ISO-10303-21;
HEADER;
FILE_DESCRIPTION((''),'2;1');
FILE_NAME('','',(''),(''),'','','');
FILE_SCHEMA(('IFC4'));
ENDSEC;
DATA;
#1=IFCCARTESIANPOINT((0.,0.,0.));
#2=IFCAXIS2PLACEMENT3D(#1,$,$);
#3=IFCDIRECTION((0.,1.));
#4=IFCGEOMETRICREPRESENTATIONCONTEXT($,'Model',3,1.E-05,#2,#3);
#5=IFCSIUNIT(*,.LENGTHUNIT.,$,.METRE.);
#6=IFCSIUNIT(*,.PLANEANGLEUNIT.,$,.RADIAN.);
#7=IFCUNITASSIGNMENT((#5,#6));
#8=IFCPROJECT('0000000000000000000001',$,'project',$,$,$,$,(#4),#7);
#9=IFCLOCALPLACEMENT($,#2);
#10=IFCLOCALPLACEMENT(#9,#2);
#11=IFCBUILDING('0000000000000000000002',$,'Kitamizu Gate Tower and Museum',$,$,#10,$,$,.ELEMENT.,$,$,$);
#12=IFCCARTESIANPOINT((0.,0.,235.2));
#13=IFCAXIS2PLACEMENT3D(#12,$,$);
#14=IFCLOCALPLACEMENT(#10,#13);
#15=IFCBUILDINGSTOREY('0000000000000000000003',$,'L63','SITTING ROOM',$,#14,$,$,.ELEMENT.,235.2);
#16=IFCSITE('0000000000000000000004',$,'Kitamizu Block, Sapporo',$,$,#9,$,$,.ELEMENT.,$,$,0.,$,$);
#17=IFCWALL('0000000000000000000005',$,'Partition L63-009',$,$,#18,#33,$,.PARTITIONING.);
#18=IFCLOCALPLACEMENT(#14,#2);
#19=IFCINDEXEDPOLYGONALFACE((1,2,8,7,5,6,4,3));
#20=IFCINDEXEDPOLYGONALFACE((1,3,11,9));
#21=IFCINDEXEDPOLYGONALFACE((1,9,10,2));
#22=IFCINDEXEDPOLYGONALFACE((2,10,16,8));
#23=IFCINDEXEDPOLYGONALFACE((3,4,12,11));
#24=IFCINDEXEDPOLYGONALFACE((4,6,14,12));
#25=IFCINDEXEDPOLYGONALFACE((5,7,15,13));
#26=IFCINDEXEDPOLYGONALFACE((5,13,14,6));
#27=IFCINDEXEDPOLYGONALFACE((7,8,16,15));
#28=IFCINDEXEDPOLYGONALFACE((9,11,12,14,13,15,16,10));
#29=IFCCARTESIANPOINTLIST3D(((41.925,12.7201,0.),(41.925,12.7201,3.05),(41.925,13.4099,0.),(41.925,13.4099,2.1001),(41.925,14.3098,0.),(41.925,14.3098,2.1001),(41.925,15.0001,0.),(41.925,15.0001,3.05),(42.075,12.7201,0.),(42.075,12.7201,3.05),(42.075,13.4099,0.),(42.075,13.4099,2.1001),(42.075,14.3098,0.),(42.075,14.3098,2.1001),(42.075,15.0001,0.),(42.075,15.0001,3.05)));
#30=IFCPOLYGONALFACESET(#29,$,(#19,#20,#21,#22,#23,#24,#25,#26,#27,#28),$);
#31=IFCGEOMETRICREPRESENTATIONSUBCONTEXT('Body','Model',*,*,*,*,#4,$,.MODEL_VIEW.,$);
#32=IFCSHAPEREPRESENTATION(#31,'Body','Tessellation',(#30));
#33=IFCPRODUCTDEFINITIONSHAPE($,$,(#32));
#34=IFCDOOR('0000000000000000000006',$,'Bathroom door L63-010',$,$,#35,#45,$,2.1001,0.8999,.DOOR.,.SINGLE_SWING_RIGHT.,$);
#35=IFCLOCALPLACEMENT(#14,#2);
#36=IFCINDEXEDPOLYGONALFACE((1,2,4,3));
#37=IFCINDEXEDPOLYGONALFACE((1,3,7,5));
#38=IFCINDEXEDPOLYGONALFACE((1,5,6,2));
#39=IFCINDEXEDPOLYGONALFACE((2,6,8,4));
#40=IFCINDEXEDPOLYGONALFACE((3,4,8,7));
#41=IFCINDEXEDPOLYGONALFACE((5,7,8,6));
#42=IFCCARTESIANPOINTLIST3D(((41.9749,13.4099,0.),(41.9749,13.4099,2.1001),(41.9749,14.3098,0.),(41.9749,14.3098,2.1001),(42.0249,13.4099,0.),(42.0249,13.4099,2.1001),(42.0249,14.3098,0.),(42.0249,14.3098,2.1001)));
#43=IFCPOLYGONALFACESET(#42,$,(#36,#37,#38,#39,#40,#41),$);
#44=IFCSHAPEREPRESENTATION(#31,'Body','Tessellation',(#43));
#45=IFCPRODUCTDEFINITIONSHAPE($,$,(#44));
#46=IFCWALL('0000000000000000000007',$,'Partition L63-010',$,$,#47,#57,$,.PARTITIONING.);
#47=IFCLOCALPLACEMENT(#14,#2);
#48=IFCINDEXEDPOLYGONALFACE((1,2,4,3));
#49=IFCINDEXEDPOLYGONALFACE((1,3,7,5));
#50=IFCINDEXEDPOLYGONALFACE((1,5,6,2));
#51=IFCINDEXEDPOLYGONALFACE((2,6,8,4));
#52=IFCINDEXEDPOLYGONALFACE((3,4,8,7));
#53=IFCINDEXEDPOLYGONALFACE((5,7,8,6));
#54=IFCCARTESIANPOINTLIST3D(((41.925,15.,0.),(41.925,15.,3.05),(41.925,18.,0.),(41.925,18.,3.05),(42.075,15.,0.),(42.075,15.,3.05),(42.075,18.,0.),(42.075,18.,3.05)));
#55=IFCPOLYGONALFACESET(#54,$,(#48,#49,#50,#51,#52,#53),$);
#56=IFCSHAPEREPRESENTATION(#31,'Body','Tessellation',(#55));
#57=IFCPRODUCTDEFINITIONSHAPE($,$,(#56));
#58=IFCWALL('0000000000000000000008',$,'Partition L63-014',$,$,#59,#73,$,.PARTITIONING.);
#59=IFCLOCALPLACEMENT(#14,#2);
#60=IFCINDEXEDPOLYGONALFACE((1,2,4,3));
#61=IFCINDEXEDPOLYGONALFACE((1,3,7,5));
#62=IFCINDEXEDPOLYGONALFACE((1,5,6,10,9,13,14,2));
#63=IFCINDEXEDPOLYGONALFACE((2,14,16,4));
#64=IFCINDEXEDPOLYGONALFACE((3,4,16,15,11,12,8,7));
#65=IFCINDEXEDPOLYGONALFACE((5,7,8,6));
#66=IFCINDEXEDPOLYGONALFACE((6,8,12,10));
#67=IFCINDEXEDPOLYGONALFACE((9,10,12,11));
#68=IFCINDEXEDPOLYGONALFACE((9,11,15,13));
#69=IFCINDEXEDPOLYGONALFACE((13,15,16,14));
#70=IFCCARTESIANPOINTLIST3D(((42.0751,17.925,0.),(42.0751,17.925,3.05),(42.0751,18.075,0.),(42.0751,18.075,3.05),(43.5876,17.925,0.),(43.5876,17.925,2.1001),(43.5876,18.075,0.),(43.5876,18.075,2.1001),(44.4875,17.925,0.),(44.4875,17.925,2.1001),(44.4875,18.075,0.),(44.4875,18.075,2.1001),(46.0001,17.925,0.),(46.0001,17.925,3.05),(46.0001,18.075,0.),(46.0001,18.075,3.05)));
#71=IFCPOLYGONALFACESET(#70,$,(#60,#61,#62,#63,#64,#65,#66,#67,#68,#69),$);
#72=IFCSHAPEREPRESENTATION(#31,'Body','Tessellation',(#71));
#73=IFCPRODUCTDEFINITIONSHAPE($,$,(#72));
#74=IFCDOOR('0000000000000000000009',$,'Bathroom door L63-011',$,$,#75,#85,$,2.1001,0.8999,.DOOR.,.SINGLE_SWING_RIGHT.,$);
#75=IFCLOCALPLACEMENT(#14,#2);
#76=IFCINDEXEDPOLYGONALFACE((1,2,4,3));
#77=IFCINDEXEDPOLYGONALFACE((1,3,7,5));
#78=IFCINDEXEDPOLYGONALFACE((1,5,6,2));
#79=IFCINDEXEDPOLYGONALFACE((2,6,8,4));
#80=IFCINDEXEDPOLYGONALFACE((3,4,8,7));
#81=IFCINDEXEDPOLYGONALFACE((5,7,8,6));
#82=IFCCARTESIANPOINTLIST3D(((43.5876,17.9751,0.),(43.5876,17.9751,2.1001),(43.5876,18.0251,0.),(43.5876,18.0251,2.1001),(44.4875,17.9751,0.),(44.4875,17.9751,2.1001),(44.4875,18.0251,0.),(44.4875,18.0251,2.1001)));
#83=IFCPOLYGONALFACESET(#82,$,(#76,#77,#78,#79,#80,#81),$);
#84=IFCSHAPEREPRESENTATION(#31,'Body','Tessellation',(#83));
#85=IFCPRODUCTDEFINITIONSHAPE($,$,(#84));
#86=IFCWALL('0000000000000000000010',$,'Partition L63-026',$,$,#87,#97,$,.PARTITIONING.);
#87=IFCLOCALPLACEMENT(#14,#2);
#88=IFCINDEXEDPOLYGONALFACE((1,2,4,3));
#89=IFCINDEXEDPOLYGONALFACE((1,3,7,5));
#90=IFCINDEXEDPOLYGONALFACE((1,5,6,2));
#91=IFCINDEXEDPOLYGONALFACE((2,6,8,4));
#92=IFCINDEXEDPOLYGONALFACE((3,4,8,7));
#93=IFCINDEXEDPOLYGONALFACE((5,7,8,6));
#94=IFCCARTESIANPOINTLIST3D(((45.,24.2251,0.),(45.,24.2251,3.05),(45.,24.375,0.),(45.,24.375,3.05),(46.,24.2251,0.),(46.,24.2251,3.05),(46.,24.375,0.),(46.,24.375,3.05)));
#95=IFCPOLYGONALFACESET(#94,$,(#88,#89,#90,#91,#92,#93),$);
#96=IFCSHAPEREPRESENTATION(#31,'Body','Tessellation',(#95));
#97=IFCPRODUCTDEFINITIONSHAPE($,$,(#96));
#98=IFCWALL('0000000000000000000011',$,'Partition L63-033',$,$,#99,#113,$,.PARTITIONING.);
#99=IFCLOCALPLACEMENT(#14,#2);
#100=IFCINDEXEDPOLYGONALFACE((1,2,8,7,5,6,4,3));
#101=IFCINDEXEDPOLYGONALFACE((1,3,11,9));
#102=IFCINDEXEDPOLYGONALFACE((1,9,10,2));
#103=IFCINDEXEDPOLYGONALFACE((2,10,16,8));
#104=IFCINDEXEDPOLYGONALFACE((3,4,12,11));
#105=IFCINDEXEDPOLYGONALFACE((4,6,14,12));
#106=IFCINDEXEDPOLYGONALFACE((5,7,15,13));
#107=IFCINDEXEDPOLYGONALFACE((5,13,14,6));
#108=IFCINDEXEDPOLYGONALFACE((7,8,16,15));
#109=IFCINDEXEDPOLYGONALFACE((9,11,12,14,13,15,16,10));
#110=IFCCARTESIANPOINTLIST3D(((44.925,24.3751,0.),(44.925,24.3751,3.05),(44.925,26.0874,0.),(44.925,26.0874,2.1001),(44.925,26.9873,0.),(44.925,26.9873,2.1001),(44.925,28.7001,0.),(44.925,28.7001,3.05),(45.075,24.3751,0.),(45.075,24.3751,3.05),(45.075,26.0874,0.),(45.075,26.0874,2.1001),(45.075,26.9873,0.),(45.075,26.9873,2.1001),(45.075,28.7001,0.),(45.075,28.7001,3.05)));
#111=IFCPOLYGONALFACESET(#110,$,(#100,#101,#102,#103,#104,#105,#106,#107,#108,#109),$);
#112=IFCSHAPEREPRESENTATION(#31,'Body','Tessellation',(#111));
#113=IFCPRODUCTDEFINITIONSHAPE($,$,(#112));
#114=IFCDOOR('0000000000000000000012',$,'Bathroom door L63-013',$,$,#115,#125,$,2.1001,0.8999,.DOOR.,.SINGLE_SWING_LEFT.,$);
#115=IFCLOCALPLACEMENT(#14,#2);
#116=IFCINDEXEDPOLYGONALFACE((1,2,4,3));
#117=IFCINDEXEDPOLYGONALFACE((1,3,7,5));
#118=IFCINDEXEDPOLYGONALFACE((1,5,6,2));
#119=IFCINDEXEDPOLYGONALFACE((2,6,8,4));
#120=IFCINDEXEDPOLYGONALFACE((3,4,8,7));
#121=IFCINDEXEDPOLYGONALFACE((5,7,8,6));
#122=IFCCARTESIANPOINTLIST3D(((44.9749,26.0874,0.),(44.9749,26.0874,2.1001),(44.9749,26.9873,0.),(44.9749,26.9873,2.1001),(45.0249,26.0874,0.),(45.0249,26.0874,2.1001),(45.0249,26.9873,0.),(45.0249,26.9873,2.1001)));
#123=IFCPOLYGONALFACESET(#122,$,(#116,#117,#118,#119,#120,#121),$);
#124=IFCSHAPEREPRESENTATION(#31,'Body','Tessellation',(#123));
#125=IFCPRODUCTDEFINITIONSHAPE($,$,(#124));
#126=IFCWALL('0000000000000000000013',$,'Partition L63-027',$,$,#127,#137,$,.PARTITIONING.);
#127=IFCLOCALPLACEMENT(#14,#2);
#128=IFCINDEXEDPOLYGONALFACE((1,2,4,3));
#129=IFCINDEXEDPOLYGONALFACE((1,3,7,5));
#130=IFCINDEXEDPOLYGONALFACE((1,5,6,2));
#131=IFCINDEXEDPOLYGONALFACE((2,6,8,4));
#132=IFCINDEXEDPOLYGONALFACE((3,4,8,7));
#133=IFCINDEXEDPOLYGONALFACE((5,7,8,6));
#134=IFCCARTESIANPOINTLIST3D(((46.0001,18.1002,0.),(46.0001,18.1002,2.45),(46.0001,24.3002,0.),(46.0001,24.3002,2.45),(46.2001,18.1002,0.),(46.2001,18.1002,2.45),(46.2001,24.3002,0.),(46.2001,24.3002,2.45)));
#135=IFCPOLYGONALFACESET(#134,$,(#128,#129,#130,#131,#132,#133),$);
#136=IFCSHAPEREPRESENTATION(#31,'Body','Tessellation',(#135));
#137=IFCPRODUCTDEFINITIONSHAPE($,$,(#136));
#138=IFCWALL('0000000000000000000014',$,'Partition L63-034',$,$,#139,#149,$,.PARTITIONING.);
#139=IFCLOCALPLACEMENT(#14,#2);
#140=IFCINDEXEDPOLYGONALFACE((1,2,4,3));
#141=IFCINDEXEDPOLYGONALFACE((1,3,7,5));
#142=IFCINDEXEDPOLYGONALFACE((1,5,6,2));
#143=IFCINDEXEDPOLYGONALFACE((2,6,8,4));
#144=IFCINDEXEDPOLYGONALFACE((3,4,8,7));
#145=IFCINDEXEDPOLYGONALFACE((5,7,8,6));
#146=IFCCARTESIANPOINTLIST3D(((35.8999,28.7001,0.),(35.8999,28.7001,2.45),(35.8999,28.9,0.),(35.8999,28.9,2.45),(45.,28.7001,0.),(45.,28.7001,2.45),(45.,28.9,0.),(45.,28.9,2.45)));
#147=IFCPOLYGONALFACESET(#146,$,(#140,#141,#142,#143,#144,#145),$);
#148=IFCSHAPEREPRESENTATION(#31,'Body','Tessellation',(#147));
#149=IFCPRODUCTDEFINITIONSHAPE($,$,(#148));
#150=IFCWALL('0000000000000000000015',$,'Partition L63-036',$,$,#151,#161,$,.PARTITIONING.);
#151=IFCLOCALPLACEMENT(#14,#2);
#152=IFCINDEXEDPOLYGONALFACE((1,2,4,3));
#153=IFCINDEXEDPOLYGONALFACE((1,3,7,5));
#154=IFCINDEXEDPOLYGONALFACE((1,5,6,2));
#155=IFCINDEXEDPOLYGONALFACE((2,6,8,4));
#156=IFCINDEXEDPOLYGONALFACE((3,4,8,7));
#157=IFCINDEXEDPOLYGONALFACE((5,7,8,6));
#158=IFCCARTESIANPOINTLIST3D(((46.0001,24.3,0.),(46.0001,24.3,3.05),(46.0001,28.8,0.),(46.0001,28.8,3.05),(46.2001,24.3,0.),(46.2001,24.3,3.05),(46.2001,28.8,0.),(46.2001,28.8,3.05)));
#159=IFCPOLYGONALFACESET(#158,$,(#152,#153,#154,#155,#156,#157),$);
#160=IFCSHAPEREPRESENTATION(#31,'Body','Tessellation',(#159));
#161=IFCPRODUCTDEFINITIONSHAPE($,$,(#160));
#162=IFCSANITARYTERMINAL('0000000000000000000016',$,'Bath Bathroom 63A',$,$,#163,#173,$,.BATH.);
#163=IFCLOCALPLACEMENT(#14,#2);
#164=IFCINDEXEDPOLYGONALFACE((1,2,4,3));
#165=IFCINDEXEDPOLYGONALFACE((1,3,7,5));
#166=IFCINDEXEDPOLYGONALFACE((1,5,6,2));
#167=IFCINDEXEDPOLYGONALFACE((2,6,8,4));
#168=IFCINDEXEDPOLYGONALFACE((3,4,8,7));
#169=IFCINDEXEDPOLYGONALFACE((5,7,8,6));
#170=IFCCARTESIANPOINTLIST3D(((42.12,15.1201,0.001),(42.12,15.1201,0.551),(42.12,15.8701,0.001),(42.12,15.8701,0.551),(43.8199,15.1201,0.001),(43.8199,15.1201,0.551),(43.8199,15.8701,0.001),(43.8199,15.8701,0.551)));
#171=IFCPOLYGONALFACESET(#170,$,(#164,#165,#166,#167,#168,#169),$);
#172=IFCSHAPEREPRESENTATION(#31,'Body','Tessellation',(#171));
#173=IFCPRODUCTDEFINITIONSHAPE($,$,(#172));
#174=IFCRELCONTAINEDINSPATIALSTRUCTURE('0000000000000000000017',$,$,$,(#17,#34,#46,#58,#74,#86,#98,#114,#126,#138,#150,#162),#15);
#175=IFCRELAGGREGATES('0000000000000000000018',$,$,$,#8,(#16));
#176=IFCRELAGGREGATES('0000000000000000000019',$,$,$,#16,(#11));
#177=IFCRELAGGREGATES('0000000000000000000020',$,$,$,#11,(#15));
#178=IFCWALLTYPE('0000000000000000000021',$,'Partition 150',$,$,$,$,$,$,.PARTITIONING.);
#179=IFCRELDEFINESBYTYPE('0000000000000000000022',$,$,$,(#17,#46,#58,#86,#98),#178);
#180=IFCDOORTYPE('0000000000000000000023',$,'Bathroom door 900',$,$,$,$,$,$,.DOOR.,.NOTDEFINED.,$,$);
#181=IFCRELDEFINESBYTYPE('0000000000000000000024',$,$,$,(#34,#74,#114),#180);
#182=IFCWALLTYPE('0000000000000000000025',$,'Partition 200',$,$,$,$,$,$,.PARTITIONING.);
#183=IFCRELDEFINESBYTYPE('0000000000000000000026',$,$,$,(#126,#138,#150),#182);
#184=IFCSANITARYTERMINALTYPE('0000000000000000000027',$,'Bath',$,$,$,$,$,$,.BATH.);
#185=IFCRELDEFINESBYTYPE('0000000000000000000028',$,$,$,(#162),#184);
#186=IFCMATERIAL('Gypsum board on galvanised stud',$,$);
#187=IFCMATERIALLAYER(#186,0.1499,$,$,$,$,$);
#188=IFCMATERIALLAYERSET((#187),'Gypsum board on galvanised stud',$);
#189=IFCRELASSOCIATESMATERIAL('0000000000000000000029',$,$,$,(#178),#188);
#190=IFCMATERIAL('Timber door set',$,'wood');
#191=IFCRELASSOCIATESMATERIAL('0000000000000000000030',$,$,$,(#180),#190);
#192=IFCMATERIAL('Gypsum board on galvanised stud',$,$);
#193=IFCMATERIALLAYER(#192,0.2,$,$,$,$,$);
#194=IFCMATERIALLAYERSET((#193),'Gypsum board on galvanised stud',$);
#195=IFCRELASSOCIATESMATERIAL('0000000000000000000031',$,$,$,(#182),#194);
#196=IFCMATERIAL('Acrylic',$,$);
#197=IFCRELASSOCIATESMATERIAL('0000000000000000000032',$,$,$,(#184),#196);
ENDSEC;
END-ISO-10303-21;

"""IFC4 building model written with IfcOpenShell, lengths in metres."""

from ifc_helpers import new_model, si_unit, direction, frame, frame_2d, origin, origin_2d, place, context, subcontext, project, spatial, rectangle, extrude, material, layer, layer_set, type_object, element, fill, save


model = new_model("IFC4")

# Units and contexts
model_context = context("Model", 3, precision=1e-05, world=origin(), true_north=direction((0.0, 1.0)))
body_context = subcontext(model_context, "Body", "Model", "MODEL_VIEW")
ifc_project = project(units=[si_unit("LENGTHUNIT", "METRE"), si_unit("PLANEANGLEUNIT", "RADIAN")], contexts=[model_context])

# Site, building, storey
site_placement = place(None, origin())
site = spatial("IfcSite", under=ifc_project, at=site_placement, Name="Kitamizu Block, Sapporo", CompositionType="ELEMENT", RefElevation=0.0)
building_placement = place(site_placement, origin())
building = spatial("IfcBuilding", under=site, at=building_placement, Name="Kitamizu Gate Tower and Museum", CompositionType="ELEMENT")
storey_placement = place(building_placement, frame((0.0, 0.0, 235.2)))
storey = spatial("IfcBuildingStorey", under=building, at=storey_placement, Name="L63", Description="SITTING ROOM", CompositionType="ELEMENT", Elevation=235.2)

# Wall, opening, door
ifc_material_1 = material(Name="Gypsum board on galvanised stud")
ifc_layer_1 = layer(ifc_material_1, 0.1499)
ifc_layer_set_1 = layer_set([ifc_layer_1], Name="Gypsum board on galvanised stud")
wall_type_1 = type_object("IfcWallType", Name="Partition 150", PredefinedType="PARTITIONING", material=ifc_layer_set_1)
wall_1_placement = place(storey_placement, frame((42.0, 12.72, 0.0), z_axis=(0.0, 0.0, 1.0), x_axis=(0.0, 1.0, 0.0)))
wall_1 = element("IfcWall", 1, at=wall_1_placement, inside=storey, type_object=wall_type_1, Name="Partition L63-009", PredefinedType="PARTITIONING", context=body_context, shape_type="SweptSolid", body=[
    extrude(rectangle(XDim=2.28, YDim=0.1499, at=frame_2d((1.1401, 0.0))), origin(), (0.0, 0.0, 1.0), 3.05),
])
opening_1_placement = place(wall_1_placement, frame((0.6899, 0.0, 0.0)))
opening_1 = element("IfcOpeningElement", 2, at=opening_1_placement, cuts=wall_1, PredefinedType="OPENING", context=body_context, shape_type="SweptSolid", body=[
    extrude(rectangle(XDim=0.8999, YDim=2.1001, at=frame_2d((0.45, 1.05))), frame((0.0, 0.085, 0.0), z_axis=(0.0, -1.0, 0.0), x_axis=(1.0, 0.0, 0.0)), (0.0, 0.0, 1.0), 0.1699),
])
ifc_material_2 = material(Name="Timber door set", Category="wood")
door_type_1 = type_object("IfcDoorType", Name="Bathroom door 900", OperationType="NOTDEFINED", PredefinedType="DOOR", material=ifc_material_2)
door_1_placement = place(opening_1_placement, frame((0.8999, 0.0, 0.0), x_axis=(-1.0, 0.0, 0.0)))
door_1 = element("IfcDoor", 3, at=door_1_placement, inside=storey, type_object=door_type_1, Name="Bathroom door L63-010", OperationType="SINGLE_SWING_RIGHT", OverallHeight=2.1001, OverallWidth=0.8999, PredefinedType="DOOR", context=body_context, shape_type="SweptSolid", body=[
    extrude(rectangle(XDim=0.8999, YDim=2.1001, at=frame_2d((0.45, 1.05))), frame((0.0, 0.0249, 0.0), z_axis=(0.0, -1.0, 0.0), x_axis=(1.0, 0.0, 0.0)), (0.0, 0.0, 1.0), 0.05),
])
fill(opening_1, door_1)

# Wall
wall_2_placement = place(storey_placement, frame((42.0, 15.0, 0.0), z_axis=(0.0, 0.0, 1.0), x_axis=(0.0, 1.0, 0.0)))
element("IfcWall", 4, at=wall_2_placement, inside=storey, type_object=wall_type_1, Name="Partition L63-010", PredefinedType="PARTITIONING", context=body_context, shape_type="SweptSolid", body=[
    extrude(rectangle(XDim=3.0, YDim=0.1499, at=frame_2d((1.5, 0.0))), origin(), (0.0, 0.0, 1.0), 3.05),
])

# Wall, opening, door
wall_3_placement = place(storey_placement, frame((46.0, 18.0, 0.0), z_axis=(0.0, 0.0, 1.0), x_axis=(-1.0, 0.0, 0.0)))
wall_3 = element("IfcWall", 5, at=wall_3_placement, inside=storey, type_object=wall_type_1, Name="Partition L63-014", PredefinedType="PARTITIONING", context=body_context, shape_type="SweptSolid", body=[
    extrude(rectangle(XDim=3.925, YDim=0.1499, at=frame_2d((1.9624, 0.0))), origin(), (0.0, 0.0, 1.0), 3.05),
])
opening_2_placement = place(wall_3_placement, frame((1.5125, 0.0, 0.0)))
opening_2 = element("IfcOpeningElement", 6, at=opening_2_placement, cuts=wall_3, PredefinedType="OPENING", context=body_context, shape_type="SweptSolid", body=[
    extrude(rectangle(XDim=0.8999, YDim=2.1001, at=frame_2d((0.45, 1.05))), frame((0.0, 0.085, 0.0), z_axis=(0.0, -1.0, 0.0), x_axis=(1.0, 0.0, 0.0)), (0.0, 0.0, 1.0), 0.1699),
])
door_2_placement = place(opening_2_placement, origin())
door_2 = element("IfcDoor", 7, at=door_2_placement, inside=storey, type_object=door_type_1, Name="Bathroom door L63-011", OperationType="SINGLE_SWING_RIGHT", OverallHeight=2.1001, OverallWidth=0.8999, PredefinedType="DOOR", context=body_context, shape_type="SweptSolid", body=[
    extrude(rectangle(XDim=0.8999, YDim=2.1001, at=frame_2d((0.45, 1.05))), frame((0.0, 0.0249, 0.0), z_axis=(0.0, -1.0, 0.0), x_axis=(1.0, 0.0, 0.0)), (0.0, 0.0, 1.0), 0.05),
])
fill(opening_2, door_2)

# Wall
wall_4_placement = place(storey_placement, frame((46.0, 24.3, 0.0), z_axis=(0.0, 0.0, 1.0), x_axis=(-1.0, 0.0, 0.0)))
element("IfcWall", 8, at=wall_4_placement, inside=storey, type_object=wall_type_1, Name="Partition L63-026", PredefinedType="PARTITIONING", context=body_context, shape_type="SweptSolid", body=[
    extrude(rectangle(XDim=1.0, YDim=0.1499, at=frame_2d((0.5, 0.0))), origin(), (0.0, 0.0, 1.0), 3.05),
])

# Wall, opening, door
wall_5_placement = place(storey_placement, frame((45.0, 24.375, 0.0), z_axis=(0.0, 0.0, 1.0), x_axis=(0.0, 1.0, 0.0)))
wall_5 = element("IfcWall", 9, at=wall_5_placement, inside=storey, type_object=wall_type_1, Name="Partition L63-033", PredefinedType="PARTITIONING", context=body_context, shape_type="SweptSolid", body=[
    extrude(rectangle(XDim=4.325, YDim=0.1499, at=frame_2d((2.1626, 0.0))), origin(), (0.0, 0.0, 1.0), 3.05),
])
opening_3_placement = place(wall_5_placement, frame((1.7124, 0.0, 0.0)))
opening_3 = element("IfcOpeningElement", 10, at=opening_3_placement, cuts=wall_5, PredefinedType="OPENING", context=body_context, shape_type="SweptSolid", body=[
    extrude(rectangle(XDim=0.8999, YDim=2.1001, at=frame_2d((0.45, 1.05))), frame((0.0, 0.085, 0.0), z_axis=(0.0, -1.0, 0.0), x_axis=(1.0, 0.0, 0.0)), (0.0, 0.0, 1.0), 0.1699),
])
door_3_placement = place(opening_3_placement, frame((0.8999, 0.0, 0.0), x_axis=(-1.0, 0.0, 0.0)))
door_3 = element("IfcDoor", 11, at=door_3_placement, inside=storey, type_object=door_type_1, Name="Bathroom door L63-013", OperationType="SINGLE_SWING_LEFT", OverallHeight=2.1001, OverallWidth=0.8999, PredefinedType="DOOR", context=body_context, shape_type="SweptSolid", body=[
    extrude(rectangle(XDim=0.8999, YDim=2.1001, at=frame_2d((0.45, 1.05))), frame((0.0, 0.0249, 0.0), z_axis=(0.0, -1.0, 0.0), x_axis=(1.0, 0.0, 0.0)), (0.0, 0.0, 1.0), 0.05),
])
fill(opening_3, door_3)

# Walls
ifc_material_3 = material(Name="Gypsum board on galvanised stud")
ifc_layer_2 = layer(ifc_material_3, 0.2)
ifc_layer_set_2 = layer_set([ifc_layer_2], Name="Gypsum board on galvanised stud")
wall_type_2 = type_object("IfcWallType", Name="Partition 200", PredefinedType="PARTITIONING", material=ifc_layer_set_2)
wall_6_placement = place(storey_placement, frame((46.1001, 18.1001, 0.0), z_axis=(0.0, 0.0, 1.0), x_axis=(0.0, 1.0, 0.0)))
element("IfcWall", 12, at=wall_6_placement, inside=storey, type_object=wall_type_2, Name="Partition L63-027", PredefinedType="PARTITIONING", context=body_context, shape_type="SweptSolid", body=[
    extrude(rectangle(XDim=6.2, YDim=0.2, at=frame_2d((3.1001, 0.0))), origin(), (0.0, 0.0, 1.0), 2.45),
])
wall_7_placement = place(storey_placement, frame((45.0, 28.8, 0.0), z_axis=(0.0, 0.0, 1.0), x_axis=(-1.0, 0.0, 0.0)))
element("IfcWall", 13, at=wall_7_placement, inside=storey, type_object=wall_type_2, Name="Partition L63-034", PredefinedType="PARTITIONING", context=body_context, shape_type="SweptSolid", body=[
    extrude(rectangle(XDim=9.1001, YDim=0.2, at=frame_2d((4.55, 0.0))), origin(), (0.0, 0.0, 1.0), 2.45),
])
wall_8_placement = place(storey_placement, frame((46.1001, 24.3, 0.0), z_axis=(0.0, 0.0, 1.0), x_axis=(0.0, 1.0, 0.0)))
element("IfcWall", 14, at=wall_8_placement, inside=storey, type_object=wall_type_2, Name="Partition L63-036", PredefinedType="PARTITIONING", context=body_context, shape_type="SweptSolid", body=[
    extrude(rectangle(XDim=4.5, YDim=0.2, at=frame_2d((2.25, 0.0))), origin(), (0.0, 0.0, 1.0), 3.05),
])

# Sanitary terminal
ifc_material_4 = material(Name="Acrylic")
sanitary_terminal_type_1 = type_object("IfcSanitaryTerminalType", Name="Bath", PredefinedType="BATH", material=ifc_material_4)
sanitary_terminal_1_placement = place(storey_placement, frame((42.97, 15.4951, 0.001), z_axis=(0.0, 0.0, 1.0), x_axis=(1.0, 0.0, 0.0)))
element("IfcSanitaryTerminal", 15, at=sanitary_terminal_1_placement, inside=storey, type_object=sanitary_terminal_type_1, Name="Bath Bathroom 63A", PredefinedType="BATH", context=body_context, shape_type="SweptSolid", body=[
    extrude(rectangle(XDim=1.7, YDim=0.75, at=origin_2d()), origin(), (0.0, 0.0, 1.0), 0.55),
])

save(model, "model.ifc")
